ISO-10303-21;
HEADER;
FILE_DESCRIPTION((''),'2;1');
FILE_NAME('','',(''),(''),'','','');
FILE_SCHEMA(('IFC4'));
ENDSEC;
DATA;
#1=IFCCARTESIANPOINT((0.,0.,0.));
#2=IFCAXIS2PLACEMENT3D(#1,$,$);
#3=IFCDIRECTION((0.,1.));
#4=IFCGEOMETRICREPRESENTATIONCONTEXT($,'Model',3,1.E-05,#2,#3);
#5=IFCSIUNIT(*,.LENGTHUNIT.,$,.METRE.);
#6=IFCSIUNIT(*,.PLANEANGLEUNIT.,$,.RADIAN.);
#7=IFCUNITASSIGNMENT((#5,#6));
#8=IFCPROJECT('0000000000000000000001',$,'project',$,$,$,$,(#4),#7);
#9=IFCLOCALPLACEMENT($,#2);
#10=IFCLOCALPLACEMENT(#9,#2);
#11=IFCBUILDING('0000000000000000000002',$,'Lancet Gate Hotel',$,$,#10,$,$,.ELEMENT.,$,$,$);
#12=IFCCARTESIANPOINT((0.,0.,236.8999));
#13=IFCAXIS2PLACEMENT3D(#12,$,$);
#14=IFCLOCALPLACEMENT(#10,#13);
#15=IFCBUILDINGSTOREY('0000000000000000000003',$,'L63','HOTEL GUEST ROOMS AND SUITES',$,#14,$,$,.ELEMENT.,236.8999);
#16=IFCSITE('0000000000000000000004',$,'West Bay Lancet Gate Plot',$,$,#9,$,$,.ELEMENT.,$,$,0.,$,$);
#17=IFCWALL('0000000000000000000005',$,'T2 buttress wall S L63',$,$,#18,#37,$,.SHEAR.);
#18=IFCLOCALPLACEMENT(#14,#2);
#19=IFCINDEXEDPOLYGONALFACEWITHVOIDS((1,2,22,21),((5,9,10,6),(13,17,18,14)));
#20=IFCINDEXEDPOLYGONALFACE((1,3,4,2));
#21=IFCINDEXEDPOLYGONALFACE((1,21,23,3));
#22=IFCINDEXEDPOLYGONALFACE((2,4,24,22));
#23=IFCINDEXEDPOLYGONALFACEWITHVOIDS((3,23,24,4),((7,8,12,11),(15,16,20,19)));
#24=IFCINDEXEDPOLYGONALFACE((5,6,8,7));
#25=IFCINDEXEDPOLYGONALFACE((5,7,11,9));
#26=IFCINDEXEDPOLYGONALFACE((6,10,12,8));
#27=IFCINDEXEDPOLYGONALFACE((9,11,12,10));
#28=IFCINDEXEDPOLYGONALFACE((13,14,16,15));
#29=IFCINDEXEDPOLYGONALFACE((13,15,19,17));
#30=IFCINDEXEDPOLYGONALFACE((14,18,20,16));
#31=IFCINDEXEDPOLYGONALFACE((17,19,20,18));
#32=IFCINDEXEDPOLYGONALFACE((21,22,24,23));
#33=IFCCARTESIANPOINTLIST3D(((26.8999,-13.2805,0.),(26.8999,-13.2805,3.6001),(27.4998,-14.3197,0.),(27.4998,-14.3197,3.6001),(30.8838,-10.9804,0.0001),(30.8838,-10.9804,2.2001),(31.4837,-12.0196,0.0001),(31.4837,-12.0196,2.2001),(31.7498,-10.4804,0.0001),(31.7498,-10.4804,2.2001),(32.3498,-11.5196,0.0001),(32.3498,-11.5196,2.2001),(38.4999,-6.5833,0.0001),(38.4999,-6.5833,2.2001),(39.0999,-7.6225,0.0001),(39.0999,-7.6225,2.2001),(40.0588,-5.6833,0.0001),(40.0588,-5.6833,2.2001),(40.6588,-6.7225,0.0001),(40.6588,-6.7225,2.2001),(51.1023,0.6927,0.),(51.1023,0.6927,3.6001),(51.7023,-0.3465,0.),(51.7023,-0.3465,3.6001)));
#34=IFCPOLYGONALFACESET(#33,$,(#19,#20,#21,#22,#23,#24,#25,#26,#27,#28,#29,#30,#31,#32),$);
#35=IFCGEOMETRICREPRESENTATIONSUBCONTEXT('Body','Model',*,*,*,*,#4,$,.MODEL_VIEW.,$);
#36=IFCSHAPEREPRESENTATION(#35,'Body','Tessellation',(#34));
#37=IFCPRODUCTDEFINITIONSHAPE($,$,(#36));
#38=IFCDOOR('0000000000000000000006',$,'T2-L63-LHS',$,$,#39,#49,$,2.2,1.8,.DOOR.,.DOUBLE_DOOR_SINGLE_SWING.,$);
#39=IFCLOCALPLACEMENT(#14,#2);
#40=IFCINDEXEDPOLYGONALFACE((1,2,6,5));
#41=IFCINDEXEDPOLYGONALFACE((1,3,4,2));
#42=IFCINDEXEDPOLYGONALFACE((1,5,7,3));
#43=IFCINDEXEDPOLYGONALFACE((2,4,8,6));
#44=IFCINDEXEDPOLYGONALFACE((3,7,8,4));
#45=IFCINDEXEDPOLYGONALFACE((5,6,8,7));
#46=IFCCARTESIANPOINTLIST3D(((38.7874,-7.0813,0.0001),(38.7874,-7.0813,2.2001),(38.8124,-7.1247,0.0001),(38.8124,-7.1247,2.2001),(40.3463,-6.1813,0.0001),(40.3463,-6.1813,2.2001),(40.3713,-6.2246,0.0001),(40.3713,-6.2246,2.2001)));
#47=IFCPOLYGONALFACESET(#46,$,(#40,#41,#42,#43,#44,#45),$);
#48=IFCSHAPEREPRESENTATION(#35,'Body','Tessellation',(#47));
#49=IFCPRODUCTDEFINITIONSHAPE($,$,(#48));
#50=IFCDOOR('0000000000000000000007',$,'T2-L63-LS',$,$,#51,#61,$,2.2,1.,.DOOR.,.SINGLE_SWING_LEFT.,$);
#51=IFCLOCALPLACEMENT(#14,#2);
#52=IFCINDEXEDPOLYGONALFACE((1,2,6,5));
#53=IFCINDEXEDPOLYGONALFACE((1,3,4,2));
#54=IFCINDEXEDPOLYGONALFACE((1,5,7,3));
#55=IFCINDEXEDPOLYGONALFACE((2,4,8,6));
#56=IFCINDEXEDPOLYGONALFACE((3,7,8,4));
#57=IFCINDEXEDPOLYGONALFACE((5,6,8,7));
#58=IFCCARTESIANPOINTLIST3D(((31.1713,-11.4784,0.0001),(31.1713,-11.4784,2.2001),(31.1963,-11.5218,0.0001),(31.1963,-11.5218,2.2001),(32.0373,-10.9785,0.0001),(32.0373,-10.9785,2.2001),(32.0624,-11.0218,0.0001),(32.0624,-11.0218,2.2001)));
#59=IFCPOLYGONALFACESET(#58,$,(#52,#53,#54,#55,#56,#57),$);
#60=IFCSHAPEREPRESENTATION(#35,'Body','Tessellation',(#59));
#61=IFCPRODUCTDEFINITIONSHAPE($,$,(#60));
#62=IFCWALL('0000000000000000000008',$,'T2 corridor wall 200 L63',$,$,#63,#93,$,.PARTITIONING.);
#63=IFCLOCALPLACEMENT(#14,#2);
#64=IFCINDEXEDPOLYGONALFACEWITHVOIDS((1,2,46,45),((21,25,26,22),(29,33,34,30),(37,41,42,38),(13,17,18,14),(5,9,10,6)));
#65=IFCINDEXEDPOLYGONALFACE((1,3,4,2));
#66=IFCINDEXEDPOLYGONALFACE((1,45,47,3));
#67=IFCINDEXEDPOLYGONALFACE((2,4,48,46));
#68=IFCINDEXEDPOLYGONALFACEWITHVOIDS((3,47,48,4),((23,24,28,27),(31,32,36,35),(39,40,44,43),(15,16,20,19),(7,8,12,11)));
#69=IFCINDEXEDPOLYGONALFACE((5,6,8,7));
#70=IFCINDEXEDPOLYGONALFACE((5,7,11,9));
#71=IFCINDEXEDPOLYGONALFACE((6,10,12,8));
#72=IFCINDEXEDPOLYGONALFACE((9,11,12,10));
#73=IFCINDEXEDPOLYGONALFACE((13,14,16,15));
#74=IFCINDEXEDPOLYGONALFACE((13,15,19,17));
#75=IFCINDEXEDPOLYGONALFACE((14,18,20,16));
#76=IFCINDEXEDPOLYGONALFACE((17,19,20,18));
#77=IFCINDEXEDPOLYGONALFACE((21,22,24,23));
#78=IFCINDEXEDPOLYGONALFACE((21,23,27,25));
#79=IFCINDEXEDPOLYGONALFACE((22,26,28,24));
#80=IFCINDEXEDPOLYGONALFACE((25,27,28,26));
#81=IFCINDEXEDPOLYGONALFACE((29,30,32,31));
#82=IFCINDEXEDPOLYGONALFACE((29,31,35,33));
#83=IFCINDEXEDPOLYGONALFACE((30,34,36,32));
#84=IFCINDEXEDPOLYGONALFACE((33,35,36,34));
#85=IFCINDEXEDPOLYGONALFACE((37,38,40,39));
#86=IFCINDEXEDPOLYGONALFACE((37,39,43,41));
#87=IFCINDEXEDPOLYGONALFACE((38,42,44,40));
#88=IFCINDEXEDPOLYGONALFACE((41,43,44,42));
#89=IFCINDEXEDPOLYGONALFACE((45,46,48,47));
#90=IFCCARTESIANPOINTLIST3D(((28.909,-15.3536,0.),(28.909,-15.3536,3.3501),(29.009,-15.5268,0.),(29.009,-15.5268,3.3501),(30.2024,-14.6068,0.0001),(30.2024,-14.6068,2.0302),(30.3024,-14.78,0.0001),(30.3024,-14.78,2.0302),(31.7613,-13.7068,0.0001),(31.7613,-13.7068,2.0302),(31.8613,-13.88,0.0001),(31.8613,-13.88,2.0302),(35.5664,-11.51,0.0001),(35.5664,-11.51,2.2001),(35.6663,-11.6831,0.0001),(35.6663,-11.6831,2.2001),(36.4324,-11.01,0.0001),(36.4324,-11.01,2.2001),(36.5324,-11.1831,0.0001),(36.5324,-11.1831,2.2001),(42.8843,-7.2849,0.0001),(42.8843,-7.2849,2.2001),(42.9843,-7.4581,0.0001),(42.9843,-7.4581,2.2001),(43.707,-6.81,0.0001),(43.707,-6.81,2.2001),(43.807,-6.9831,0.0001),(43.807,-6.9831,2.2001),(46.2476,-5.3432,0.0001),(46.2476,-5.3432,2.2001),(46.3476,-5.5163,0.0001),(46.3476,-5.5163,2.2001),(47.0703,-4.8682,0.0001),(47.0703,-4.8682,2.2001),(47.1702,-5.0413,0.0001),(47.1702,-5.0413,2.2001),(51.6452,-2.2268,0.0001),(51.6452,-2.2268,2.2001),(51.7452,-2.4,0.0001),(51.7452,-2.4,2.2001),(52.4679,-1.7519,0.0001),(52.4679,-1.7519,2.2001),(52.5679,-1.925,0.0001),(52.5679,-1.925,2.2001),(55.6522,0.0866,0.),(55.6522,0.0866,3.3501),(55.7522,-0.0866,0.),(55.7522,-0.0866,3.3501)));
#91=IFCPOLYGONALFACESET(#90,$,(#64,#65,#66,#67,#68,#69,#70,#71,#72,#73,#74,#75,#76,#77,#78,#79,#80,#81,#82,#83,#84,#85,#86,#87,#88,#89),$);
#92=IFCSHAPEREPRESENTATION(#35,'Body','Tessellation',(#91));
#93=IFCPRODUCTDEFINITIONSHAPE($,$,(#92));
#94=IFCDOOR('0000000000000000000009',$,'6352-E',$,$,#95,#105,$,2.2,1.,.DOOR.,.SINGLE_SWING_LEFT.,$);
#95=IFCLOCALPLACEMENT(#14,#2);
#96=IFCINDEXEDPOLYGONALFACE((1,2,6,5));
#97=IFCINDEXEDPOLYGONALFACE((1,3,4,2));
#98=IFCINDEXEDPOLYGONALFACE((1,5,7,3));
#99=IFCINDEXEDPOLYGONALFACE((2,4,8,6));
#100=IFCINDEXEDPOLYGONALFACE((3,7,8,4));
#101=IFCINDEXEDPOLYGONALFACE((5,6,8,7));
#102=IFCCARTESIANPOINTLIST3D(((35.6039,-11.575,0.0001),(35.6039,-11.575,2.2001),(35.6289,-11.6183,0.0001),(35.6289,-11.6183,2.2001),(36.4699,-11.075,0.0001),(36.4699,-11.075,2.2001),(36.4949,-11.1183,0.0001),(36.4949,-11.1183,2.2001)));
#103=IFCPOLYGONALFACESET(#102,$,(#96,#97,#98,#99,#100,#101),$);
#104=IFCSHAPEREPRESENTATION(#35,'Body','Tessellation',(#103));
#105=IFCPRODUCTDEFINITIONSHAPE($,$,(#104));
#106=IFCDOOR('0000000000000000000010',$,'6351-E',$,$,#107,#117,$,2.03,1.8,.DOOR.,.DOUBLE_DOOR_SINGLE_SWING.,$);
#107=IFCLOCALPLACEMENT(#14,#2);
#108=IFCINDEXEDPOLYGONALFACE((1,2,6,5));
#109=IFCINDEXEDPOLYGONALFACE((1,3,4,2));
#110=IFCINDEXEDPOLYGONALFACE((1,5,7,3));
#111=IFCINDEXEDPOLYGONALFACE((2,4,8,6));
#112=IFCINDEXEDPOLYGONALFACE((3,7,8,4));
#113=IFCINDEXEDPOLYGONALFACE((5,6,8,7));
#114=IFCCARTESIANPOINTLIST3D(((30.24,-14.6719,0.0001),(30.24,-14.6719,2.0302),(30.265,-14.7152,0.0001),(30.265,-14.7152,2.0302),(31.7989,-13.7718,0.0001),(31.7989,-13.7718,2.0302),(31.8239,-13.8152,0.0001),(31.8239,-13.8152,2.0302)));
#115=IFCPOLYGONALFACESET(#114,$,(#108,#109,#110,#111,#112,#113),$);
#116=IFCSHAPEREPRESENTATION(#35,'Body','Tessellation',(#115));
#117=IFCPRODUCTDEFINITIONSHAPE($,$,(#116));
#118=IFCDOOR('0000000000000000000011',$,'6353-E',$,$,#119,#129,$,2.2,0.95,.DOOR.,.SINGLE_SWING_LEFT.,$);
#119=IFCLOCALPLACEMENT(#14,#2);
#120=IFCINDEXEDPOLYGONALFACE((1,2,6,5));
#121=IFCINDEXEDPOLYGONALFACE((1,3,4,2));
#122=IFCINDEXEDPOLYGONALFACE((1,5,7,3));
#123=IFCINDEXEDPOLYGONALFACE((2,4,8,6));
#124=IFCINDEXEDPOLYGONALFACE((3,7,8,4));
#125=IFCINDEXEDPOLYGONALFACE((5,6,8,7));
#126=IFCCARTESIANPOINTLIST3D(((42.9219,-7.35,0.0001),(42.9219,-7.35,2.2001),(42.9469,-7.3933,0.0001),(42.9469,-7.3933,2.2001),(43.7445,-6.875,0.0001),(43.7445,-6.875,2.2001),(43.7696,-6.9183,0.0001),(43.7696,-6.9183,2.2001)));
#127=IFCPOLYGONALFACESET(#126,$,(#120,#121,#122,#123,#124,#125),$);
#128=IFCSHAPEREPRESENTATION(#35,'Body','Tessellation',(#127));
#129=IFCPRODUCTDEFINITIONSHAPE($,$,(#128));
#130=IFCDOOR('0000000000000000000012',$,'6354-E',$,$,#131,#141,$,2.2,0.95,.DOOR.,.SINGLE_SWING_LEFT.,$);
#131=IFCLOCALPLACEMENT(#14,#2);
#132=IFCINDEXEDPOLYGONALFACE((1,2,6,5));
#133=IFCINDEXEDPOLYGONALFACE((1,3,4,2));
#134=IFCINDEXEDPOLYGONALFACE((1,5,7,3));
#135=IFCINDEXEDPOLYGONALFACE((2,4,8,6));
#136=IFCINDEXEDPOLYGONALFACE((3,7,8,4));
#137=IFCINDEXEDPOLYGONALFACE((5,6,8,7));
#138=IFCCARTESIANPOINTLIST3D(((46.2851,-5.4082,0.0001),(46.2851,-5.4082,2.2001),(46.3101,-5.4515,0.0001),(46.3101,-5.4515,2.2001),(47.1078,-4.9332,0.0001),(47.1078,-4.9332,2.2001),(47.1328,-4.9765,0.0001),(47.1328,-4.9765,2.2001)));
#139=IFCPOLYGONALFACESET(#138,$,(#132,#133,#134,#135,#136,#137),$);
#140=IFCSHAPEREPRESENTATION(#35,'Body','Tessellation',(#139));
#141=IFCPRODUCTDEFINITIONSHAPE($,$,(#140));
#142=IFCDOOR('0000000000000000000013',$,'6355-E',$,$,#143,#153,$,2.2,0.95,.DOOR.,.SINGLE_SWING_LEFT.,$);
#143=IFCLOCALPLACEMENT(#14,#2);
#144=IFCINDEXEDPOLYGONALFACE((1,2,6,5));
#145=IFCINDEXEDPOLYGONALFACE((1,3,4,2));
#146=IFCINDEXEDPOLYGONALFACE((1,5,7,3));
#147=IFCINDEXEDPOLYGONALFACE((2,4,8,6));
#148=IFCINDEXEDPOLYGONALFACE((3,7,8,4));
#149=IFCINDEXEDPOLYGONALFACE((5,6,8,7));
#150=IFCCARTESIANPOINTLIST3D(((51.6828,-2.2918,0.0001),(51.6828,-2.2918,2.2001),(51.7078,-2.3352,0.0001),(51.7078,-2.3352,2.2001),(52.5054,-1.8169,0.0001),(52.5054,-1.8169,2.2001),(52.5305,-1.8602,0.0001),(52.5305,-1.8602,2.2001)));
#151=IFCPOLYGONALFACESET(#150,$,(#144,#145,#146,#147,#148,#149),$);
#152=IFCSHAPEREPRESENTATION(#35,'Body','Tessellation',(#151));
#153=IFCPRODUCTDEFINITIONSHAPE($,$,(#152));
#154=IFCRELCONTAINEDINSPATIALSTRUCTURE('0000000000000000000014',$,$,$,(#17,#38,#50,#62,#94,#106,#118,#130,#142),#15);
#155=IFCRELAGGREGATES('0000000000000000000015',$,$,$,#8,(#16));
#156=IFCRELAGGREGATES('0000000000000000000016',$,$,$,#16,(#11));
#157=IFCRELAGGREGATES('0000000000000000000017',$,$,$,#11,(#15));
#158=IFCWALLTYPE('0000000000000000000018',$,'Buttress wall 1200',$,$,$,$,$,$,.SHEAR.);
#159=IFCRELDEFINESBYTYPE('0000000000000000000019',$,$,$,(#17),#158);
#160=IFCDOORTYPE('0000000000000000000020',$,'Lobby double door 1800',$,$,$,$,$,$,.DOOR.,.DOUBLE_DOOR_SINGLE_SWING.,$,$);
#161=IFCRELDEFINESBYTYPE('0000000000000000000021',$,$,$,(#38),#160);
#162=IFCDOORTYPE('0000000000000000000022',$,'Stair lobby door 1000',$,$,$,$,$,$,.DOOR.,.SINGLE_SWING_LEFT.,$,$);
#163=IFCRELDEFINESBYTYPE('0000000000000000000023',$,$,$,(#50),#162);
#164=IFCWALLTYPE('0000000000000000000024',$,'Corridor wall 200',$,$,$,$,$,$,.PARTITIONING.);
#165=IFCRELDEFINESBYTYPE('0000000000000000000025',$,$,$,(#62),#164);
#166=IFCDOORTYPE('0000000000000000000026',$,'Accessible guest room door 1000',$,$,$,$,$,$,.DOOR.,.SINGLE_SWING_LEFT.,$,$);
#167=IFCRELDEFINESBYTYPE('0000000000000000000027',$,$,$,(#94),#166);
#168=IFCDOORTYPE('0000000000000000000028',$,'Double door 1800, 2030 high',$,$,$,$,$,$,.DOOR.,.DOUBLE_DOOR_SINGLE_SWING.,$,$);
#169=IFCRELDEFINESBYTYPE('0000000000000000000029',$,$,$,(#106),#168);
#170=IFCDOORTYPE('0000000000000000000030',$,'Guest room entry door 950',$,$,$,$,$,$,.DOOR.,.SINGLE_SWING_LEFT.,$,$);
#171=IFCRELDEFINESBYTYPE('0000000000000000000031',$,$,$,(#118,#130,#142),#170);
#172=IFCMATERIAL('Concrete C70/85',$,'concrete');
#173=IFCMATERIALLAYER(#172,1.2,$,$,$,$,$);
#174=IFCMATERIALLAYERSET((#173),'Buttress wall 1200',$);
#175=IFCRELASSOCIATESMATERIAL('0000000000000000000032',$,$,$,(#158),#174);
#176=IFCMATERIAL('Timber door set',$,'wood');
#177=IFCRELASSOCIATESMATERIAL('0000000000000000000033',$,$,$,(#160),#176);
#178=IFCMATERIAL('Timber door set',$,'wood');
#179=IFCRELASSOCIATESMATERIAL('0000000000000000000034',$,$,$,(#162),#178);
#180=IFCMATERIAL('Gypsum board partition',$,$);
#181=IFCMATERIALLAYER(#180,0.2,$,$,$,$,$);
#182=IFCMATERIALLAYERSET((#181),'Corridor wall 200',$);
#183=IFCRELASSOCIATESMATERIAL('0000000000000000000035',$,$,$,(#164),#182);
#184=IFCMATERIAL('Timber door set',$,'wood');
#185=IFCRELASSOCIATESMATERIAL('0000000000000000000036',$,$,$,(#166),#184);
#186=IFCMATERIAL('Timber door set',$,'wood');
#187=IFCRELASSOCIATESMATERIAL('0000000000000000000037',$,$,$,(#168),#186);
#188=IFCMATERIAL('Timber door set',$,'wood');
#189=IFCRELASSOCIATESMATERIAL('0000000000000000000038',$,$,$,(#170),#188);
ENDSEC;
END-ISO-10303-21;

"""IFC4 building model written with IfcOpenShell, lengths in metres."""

from ifc_helpers import new_model, si_unit, direction, frame, frame_2d, origin, place, context, subcontext, project, spatial, rectangle, extrude, material, layer, layer_set, type_object, element, fill, save


model = new_model("IFC4")

# Units and contexts
model_context = context("Model", 3, precision=1e-05, world=origin(), true_north=direction((0.0, 1.0)))
body_context = subcontext(model_context, "Body", "Model", "MODEL_VIEW")
ifc_project = project(units=[si_unit("LENGTHUNIT", "METRE"), si_unit("PLANEANGLEUNIT", "RADIAN")], contexts=[model_context])

# Site, building, storey
site_placement = place(None, origin())
site = spatial("IfcSite", under=ifc_project, at=site_placement, Name="West Bay Lancet Gate Plot", CompositionType="ELEMENT", RefElevation=0.0)
building_placement = place(site_placement, origin())
building = spatial("IfcBuilding", under=site, at=building_placement, Name="Lancet Gate Hotel", CompositionType="ELEMENT")
storey_placement = place(building_placement, frame((0.0, 0.0, 236.8999)))
storey = spatial("IfcBuildingStorey", under=building, at=storey_placement, Name="L63", Description="HOTEL GUEST ROOMS AND SUITES", CompositionType="ELEMENT", Elevation=236.8999)

# Walls, openings, doors
ifc_material_1 = material(Name="Concrete C70/85", Category="concrete")
ifc_layer_1 = layer(ifc_material_1, 1.2)
ifc_layer_set_1 = layer_set([ifc_layer_1], Name="Buttress wall 1200")
wall_type_1 = type_object("IfcWallType", Name="Buttress wall 1200", PredefinedType="SHEAR", material=ifc_layer_set_1)
wall_1_placement = place(storey_placement, frame((27.2, -13.8, 0.0), z_axis=(0.0, 0.0, 1.0), x_axis=(0.866027, 0.499997, 0.0)))
wall_1 = element("IfcWall", 1, at=wall_1_placement, inside=storey, type_object=wall_type_1, Name="T2 buttress wall S L63", PredefinedType="SHEAR", context=body_context, shape_type="SweptSolid", body=[
    extrude(rectangle(XDim=27.9465, YDim=1.2, at=frame_2d((13.9731, 0.0))), origin(), (0.0, 0.0, 1.0), 3.6001),
])
opening_1_placement = place(wall_1_placement, frame((4.6001, 0.0, 0.0)))
opening_1 = element("IfcOpeningElement", 2, at=opening_1_placement, cuts=wall_1, PredefinedType="OPENING", context=body_context, shape_type="SweptSolid", body=[
    extrude(rectangle(XDim=1.0, YDim=2.2, at=frame_2d((0.5, 1.1001))), frame((0.0, 0.6099, 0.0), z_axis=(0.0, -1.0, 0.0), x_axis=(1.0, 0.0, 0.0)), (0.0, 0.0, 1.0), 1.22),
])
opening_2_placement = place(wall_1_placement, frame((13.3945, 0.0, 0.0)))
opening_2 = element("IfcOpeningElement", 3, at=opening_2_placement, cuts=wall_1, PredefinedType="OPENING", context=body_context, shape_type="SweptSolid", body=[
    extrude(rectangle(XDim=1.8, YDim=2.2, at=frame_2d((0.8999, 1.1001))), frame((0.0, 0.6099, 0.0), z_axis=(0.0, -1.0, 0.0), x_axis=(1.0, 0.0, 0.0)), (0.0, 0.0, 1.0), 1.22),
])
ifc_material_2 = material(Name="Timber door set", Category="wood")
door_type_1 = type_object("IfcDoorType", Name="Lobby double door 1800", OperationType="DOUBLE_DOOR_SINGLE_SWING", PredefinedType="DOOR", material=ifc_material_2)
door_1_placement = place(opening_2_placement, origin())
door_1 = element("IfcDoor", 4, at=door_1_placement, inside=storey, type_object=door_type_1, Name="T2-L63-LHS", OperationType="DOUBLE_DOOR_SINGLE_SWING", OverallHeight=2.2, OverallWidth=1.8, PredefinedType="DOOR", context=body_context, shape_type="SweptSolid", body=[
    extrude(rectangle(XDim=1.8, YDim=2.2, at=frame_2d((0.8999, 1.1001))), frame((0.0, 0.0249, 0.0), z_axis=(0.0, -1.0, 0.0), x_axis=(1.0, 0.0, 0.0)), (0.0, 0.0, 1.0), 0.05),
])
fill(opening_2, door_1)
ifc_material_3 = material(Name="Timber door set", Category="wood")
door_type_2 = type_object("IfcDoorType", Name="Stair lobby door 1000", OperationType="SINGLE_SWING_LEFT", PredefinedType="DOOR", material=ifc_material_3)
door_2_placement = place(opening_1_placement, origin())
door_2 = element("IfcDoor", 5, at=door_2_placement, inside=storey, type_object=door_type_2, Name="T2-L63-LS", OperationType="SINGLE_SWING_LEFT", OverallHeight=2.2, OverallWidth=1.0, PredefinedType="DOOR", context=body_context, shape_type="SweptSolid", body=[
    extrude(rectangle(XDim=1.0, YDim=2.2, at=frame_2d((0.5, 1.1001))), frame((0.0, 0.0249, 0.0), z_axis=(0.0, -1.0, 0.0), x_axis=(1.0, 0.0, 0.0)), (0.0, 0.0, 1.0), 0.05),
])
fill(opening_1, door_2)
ifc_material_4 = material(Name="Gypsum board partition")
ifc_layer_2 = layer(ifc_material_4, 0.2)
ifc_layer_set_2 = layer_set([ifc_layer_2], Name="Corridor wall 200")
wall_type_2 = type_object("IfcWallType", Name="Corridor wall 200", PredefinedType="PARTITIONING", material=ifc_layer_set_2)
wall_2_placement = place(storey_placement, frame((28.959, -15.4402, 0.0), z_axis=(0.0, 0.0, 1.0), x_axis=(0.866025, 0.5, 0.0)))
wall_2 = element("IfcWall", 6, at=wall_2_placement, inside=storey, type_object=wall_type_2, Name="T2 corridor wall 200 L63", PredefinedType="PARTITIONING", context=body_context, shape_type="SweptSolid", body=[
    extrude(rectangle(XDim=30.8804, YDim=0.2, at=frame_2d((15.4402, 0.0))), origin(), (0.0, 0.0, 1.0), 3.3501),
])
opening_3_placement = place(wall_2_placement, frame((1.4937, 0.0, 0.0)))
opening_3 = element("IfcOpeningElement", 7, at=opening_3_placement, cuts=wall_2, PredefinedType="OPENING", context=body_context, shape_type="SweptSolid", body=[
    extrude(rectangle(XDim=1.8, YDim=2.03, at=frame_2d((0.8999, 1.0151))), frame((0.0, 0.1099, 0.0), z_axis=(0.0, -1.0, 0.0), x_axis=(1.0, 0.0, 0.0)), (0.0, 0.0, 1.0), 0.22),
])
opening_4_placement = place(wall_2_placement, frame((7.6873, 0.0, 0.0)))
opening_4 = element("IfcOpeningElement", 8, at=opening_4_placement, cuts=wall_2, PredefinedType="OPENING", context=body_context, shape_type="SweptSolid", body=[
    extrude(rectangle(XDim=1.0, YDim=2.2, at=frame_2d((0.5, 1.1001))), frame((0.0, 0.1099, 0.0), z_axis=(0.0, -1.0, 0.0), x_axis=(1.0, 0.0, 0.0)), (0.0, 0.0, 1.0), 0.22),
])
opening_5_placement = place(wall_2_placement, frame((16.1372, 0.0, 0.0)))
opening_5 = element("IfcOpeningElement", 9, at=opening_5_placement, cuts=wall_2, PredefinedType="OPENING", context=body_context, shape_type="SweptSolid", body=[
    extrude(rectangle(XDim=0.95, YDim=2.2, at=frame_2d((0.4751, 1.1001))), frame((0.0, 0.1099, 0.0), z_axis=(0.0, -1.0, 0.0), x_axis=(1.0, 0.0, 0.0)), (0.0, 0.0, 1.0), 0.22),
])
opening_6_placement = place(wall_2_placement, frame((20.0208, 0.0, 0.0)))
opening_6 = element("IfcOpeningElement", 10, at=opening_6_placement, cuts=wall_2, PredefinedType="OPENING", context=body_context, shape_type="SweptSolid", body=[
    extrude(rectangle(XDim=0.95, YDim=2.2, at=frame_2d((0.4751, 1.1001))), frame((0.0, 0.1099, 0.0), z_axis=(0.0, -1.0, 0.0), x_axis=(1.0, 0.0, 0.0)), (0.0, 0.0, 1.0), 0.22),
])
opening_7_placement = place(wall_2_placement, frame((26.2534, 0.0, 0.0)))
opening_7 = element("IfcOpeningElement", 11, at=opening_7_placement, cuts=wall_2, PredefinedType="OPENING", context=body_context, shape_type="SweptSolid", body=[
    extrude(rectangle(XDim=0.95, YDim=2.2, at=frame_2d((0.4751, 1.1001))), frame((0.0, 0.1099, 0.0), z_axis=(0.0, -1.0, 0.0), x_axis=(1.0, 0.0, 0.0)), (0.0, 0.0, 1.0), 0.22),
])
ifc_material_5 = material(Name="Timber door set", Category="wood")
door_type_3 = type_object("IfcDoorType", Name="Accessible guest room door 1000", OperationType="SINGLE_SWING_LEFT", PredefinedType="DOOR", material=ifc_material_5)
door_3_placement = place(opening_4_placement, origin())
door_3 = element("IfcDoor", 12, at=door_3_placement, inside=storey, type_object=door_type_3, Name="6352-E", OperationType="SINGLE_SWING_LEFT", OverallHeight=2.2, OverallWidth=1.0, PredefinedType="DOOR", context=body_context, shape_type="SweptSolid", body=[
    extrude(rectangle(XDim=1.0, YDim=2.2, at=frame_2d((0.5, 1.1001))), frame((0.0, 0.0249, 0.0), z_axis=(0.0, -1.0, 0.0), x_axis=(1.0, 0.0, 0.0)), (0.0, 0.0, 1.0), 0.05),
])
fill(opening_4, door_3)
ifc_material_6 = material(Name="Timber door set", Category="wood")
door_type_4 = type_object("IfcDoorType", Name="Double door 1800, 2030 high", OperationType="DOUBLE_DOOR_SINGLE_SWING", PredefinedType="DOOR", material=ifc_material_6)
door_4_placement = place(opening_3_placement, origin())
door_4 = element("IfcDoor", 13, at=door_4_placement, inside=storey, type_object=door_type_4, Name="6351-E", OperationType="DOUBLE_DOOR_SINGLE_SWING", OverallHeight=2.03, OverallWidth=1.8, PredefinedType="DOOR", context=body_context, shape_type="SweptSolid", body=[
    extrude(rectangle(XDim=1.8, YDim=2.03, at=frame_2d((0.8999, 1.0151))), frame((0.0, 0.0249, 0.0), z_axis=(0.0, -1.0, 0.0), x_axis=(1.0, 0.0, 0.0)), (0.0, 0.0, 1.0), 0.05),
])
fill(opening_3, door_4)
ifc_material_7 = material(Name="Timber door set", Category="wood")
door_type_5 = type_object("IfcDoorType", Name="Guest room entry door 950", OperationType="SINGLE_SWING_LEFT", PredefinedType="DOOR", material=ifc_material_7)
door_5_placement = place(opening_5_placement, origin())
door_5 = element("IfcDoor", 14, at=door_5_placement, inside=storey, type_object=door_type_5, Name="6353-E", OperationType="SINGLE_SWING_LEFT", OverallHeight=2.2, OverallWidth=0.95, PredefinedType="DOOR", context=body_context, shape_type="SweptSolid", body=[
    extrude(rectangle(XDim=0.95, YDim=2.2, at=frame_2d((0.4751, 1.1001))), frame((0.0, 0.0249, 0.0), z_axis=(0.0, -1.0, 0.0), x_axis=(1.0, 0.0, 0.0)), (0.0, 0.0, 1.0), 0.05),
])
fill(opening_5, door_5)
door_6_placement = place(opening_6_placement, origin())
door_6 = element("IfcDoor", 15, at=door_6_placement, inside=storey, type_object=door_type_5, Name="6354-E", OperationType="SINGLE_SWING_LEFT", OverallHeight=2.2, OverallWidth=0.95, PredefinedType="DOOR", context=body_context, shape_type="SweptSolid", body=[
    extrude(rectangle(XDim=0.95, YDim=2.2, at=frame_2d((0.4751, 1.1001))), frame((0.0, 0.0249, 0.0), z_axis=(0.0, -1.0, 0.0), x_axis=(1.0, 0.0, 0.0)), (0.0, 0.0, 1.0), 0.05),
])
fill(opening_6, door_6)
door_7_placement = place(opening_7_placement, origin())
door_7 = element("IfcDoor", 16, at=door_7_placement, inside=storey, type_object=door_type_5, Name="6355-E", OperationType="SINGLE_SWING_LEFT", OverallHeight=2.2, OverallWidth=0.95, PredefinedType="DOOR", context=body_context, shape_type="SweptSolid", body=[
    extrude(rectangle(XDim=0.95, YDim=2.2, at=frame_2d((0.4751, 1.1001))), frame((0.0, 0.0249, 0.0), z_axis=(0.0, -1.0, 0.0), x_axis=(1.0, 0.0, 0.0)), (0.0, 0.0, 1.0), 0.05),
])
fill(opening_7, door_7)

save(model, "model.ifc")
